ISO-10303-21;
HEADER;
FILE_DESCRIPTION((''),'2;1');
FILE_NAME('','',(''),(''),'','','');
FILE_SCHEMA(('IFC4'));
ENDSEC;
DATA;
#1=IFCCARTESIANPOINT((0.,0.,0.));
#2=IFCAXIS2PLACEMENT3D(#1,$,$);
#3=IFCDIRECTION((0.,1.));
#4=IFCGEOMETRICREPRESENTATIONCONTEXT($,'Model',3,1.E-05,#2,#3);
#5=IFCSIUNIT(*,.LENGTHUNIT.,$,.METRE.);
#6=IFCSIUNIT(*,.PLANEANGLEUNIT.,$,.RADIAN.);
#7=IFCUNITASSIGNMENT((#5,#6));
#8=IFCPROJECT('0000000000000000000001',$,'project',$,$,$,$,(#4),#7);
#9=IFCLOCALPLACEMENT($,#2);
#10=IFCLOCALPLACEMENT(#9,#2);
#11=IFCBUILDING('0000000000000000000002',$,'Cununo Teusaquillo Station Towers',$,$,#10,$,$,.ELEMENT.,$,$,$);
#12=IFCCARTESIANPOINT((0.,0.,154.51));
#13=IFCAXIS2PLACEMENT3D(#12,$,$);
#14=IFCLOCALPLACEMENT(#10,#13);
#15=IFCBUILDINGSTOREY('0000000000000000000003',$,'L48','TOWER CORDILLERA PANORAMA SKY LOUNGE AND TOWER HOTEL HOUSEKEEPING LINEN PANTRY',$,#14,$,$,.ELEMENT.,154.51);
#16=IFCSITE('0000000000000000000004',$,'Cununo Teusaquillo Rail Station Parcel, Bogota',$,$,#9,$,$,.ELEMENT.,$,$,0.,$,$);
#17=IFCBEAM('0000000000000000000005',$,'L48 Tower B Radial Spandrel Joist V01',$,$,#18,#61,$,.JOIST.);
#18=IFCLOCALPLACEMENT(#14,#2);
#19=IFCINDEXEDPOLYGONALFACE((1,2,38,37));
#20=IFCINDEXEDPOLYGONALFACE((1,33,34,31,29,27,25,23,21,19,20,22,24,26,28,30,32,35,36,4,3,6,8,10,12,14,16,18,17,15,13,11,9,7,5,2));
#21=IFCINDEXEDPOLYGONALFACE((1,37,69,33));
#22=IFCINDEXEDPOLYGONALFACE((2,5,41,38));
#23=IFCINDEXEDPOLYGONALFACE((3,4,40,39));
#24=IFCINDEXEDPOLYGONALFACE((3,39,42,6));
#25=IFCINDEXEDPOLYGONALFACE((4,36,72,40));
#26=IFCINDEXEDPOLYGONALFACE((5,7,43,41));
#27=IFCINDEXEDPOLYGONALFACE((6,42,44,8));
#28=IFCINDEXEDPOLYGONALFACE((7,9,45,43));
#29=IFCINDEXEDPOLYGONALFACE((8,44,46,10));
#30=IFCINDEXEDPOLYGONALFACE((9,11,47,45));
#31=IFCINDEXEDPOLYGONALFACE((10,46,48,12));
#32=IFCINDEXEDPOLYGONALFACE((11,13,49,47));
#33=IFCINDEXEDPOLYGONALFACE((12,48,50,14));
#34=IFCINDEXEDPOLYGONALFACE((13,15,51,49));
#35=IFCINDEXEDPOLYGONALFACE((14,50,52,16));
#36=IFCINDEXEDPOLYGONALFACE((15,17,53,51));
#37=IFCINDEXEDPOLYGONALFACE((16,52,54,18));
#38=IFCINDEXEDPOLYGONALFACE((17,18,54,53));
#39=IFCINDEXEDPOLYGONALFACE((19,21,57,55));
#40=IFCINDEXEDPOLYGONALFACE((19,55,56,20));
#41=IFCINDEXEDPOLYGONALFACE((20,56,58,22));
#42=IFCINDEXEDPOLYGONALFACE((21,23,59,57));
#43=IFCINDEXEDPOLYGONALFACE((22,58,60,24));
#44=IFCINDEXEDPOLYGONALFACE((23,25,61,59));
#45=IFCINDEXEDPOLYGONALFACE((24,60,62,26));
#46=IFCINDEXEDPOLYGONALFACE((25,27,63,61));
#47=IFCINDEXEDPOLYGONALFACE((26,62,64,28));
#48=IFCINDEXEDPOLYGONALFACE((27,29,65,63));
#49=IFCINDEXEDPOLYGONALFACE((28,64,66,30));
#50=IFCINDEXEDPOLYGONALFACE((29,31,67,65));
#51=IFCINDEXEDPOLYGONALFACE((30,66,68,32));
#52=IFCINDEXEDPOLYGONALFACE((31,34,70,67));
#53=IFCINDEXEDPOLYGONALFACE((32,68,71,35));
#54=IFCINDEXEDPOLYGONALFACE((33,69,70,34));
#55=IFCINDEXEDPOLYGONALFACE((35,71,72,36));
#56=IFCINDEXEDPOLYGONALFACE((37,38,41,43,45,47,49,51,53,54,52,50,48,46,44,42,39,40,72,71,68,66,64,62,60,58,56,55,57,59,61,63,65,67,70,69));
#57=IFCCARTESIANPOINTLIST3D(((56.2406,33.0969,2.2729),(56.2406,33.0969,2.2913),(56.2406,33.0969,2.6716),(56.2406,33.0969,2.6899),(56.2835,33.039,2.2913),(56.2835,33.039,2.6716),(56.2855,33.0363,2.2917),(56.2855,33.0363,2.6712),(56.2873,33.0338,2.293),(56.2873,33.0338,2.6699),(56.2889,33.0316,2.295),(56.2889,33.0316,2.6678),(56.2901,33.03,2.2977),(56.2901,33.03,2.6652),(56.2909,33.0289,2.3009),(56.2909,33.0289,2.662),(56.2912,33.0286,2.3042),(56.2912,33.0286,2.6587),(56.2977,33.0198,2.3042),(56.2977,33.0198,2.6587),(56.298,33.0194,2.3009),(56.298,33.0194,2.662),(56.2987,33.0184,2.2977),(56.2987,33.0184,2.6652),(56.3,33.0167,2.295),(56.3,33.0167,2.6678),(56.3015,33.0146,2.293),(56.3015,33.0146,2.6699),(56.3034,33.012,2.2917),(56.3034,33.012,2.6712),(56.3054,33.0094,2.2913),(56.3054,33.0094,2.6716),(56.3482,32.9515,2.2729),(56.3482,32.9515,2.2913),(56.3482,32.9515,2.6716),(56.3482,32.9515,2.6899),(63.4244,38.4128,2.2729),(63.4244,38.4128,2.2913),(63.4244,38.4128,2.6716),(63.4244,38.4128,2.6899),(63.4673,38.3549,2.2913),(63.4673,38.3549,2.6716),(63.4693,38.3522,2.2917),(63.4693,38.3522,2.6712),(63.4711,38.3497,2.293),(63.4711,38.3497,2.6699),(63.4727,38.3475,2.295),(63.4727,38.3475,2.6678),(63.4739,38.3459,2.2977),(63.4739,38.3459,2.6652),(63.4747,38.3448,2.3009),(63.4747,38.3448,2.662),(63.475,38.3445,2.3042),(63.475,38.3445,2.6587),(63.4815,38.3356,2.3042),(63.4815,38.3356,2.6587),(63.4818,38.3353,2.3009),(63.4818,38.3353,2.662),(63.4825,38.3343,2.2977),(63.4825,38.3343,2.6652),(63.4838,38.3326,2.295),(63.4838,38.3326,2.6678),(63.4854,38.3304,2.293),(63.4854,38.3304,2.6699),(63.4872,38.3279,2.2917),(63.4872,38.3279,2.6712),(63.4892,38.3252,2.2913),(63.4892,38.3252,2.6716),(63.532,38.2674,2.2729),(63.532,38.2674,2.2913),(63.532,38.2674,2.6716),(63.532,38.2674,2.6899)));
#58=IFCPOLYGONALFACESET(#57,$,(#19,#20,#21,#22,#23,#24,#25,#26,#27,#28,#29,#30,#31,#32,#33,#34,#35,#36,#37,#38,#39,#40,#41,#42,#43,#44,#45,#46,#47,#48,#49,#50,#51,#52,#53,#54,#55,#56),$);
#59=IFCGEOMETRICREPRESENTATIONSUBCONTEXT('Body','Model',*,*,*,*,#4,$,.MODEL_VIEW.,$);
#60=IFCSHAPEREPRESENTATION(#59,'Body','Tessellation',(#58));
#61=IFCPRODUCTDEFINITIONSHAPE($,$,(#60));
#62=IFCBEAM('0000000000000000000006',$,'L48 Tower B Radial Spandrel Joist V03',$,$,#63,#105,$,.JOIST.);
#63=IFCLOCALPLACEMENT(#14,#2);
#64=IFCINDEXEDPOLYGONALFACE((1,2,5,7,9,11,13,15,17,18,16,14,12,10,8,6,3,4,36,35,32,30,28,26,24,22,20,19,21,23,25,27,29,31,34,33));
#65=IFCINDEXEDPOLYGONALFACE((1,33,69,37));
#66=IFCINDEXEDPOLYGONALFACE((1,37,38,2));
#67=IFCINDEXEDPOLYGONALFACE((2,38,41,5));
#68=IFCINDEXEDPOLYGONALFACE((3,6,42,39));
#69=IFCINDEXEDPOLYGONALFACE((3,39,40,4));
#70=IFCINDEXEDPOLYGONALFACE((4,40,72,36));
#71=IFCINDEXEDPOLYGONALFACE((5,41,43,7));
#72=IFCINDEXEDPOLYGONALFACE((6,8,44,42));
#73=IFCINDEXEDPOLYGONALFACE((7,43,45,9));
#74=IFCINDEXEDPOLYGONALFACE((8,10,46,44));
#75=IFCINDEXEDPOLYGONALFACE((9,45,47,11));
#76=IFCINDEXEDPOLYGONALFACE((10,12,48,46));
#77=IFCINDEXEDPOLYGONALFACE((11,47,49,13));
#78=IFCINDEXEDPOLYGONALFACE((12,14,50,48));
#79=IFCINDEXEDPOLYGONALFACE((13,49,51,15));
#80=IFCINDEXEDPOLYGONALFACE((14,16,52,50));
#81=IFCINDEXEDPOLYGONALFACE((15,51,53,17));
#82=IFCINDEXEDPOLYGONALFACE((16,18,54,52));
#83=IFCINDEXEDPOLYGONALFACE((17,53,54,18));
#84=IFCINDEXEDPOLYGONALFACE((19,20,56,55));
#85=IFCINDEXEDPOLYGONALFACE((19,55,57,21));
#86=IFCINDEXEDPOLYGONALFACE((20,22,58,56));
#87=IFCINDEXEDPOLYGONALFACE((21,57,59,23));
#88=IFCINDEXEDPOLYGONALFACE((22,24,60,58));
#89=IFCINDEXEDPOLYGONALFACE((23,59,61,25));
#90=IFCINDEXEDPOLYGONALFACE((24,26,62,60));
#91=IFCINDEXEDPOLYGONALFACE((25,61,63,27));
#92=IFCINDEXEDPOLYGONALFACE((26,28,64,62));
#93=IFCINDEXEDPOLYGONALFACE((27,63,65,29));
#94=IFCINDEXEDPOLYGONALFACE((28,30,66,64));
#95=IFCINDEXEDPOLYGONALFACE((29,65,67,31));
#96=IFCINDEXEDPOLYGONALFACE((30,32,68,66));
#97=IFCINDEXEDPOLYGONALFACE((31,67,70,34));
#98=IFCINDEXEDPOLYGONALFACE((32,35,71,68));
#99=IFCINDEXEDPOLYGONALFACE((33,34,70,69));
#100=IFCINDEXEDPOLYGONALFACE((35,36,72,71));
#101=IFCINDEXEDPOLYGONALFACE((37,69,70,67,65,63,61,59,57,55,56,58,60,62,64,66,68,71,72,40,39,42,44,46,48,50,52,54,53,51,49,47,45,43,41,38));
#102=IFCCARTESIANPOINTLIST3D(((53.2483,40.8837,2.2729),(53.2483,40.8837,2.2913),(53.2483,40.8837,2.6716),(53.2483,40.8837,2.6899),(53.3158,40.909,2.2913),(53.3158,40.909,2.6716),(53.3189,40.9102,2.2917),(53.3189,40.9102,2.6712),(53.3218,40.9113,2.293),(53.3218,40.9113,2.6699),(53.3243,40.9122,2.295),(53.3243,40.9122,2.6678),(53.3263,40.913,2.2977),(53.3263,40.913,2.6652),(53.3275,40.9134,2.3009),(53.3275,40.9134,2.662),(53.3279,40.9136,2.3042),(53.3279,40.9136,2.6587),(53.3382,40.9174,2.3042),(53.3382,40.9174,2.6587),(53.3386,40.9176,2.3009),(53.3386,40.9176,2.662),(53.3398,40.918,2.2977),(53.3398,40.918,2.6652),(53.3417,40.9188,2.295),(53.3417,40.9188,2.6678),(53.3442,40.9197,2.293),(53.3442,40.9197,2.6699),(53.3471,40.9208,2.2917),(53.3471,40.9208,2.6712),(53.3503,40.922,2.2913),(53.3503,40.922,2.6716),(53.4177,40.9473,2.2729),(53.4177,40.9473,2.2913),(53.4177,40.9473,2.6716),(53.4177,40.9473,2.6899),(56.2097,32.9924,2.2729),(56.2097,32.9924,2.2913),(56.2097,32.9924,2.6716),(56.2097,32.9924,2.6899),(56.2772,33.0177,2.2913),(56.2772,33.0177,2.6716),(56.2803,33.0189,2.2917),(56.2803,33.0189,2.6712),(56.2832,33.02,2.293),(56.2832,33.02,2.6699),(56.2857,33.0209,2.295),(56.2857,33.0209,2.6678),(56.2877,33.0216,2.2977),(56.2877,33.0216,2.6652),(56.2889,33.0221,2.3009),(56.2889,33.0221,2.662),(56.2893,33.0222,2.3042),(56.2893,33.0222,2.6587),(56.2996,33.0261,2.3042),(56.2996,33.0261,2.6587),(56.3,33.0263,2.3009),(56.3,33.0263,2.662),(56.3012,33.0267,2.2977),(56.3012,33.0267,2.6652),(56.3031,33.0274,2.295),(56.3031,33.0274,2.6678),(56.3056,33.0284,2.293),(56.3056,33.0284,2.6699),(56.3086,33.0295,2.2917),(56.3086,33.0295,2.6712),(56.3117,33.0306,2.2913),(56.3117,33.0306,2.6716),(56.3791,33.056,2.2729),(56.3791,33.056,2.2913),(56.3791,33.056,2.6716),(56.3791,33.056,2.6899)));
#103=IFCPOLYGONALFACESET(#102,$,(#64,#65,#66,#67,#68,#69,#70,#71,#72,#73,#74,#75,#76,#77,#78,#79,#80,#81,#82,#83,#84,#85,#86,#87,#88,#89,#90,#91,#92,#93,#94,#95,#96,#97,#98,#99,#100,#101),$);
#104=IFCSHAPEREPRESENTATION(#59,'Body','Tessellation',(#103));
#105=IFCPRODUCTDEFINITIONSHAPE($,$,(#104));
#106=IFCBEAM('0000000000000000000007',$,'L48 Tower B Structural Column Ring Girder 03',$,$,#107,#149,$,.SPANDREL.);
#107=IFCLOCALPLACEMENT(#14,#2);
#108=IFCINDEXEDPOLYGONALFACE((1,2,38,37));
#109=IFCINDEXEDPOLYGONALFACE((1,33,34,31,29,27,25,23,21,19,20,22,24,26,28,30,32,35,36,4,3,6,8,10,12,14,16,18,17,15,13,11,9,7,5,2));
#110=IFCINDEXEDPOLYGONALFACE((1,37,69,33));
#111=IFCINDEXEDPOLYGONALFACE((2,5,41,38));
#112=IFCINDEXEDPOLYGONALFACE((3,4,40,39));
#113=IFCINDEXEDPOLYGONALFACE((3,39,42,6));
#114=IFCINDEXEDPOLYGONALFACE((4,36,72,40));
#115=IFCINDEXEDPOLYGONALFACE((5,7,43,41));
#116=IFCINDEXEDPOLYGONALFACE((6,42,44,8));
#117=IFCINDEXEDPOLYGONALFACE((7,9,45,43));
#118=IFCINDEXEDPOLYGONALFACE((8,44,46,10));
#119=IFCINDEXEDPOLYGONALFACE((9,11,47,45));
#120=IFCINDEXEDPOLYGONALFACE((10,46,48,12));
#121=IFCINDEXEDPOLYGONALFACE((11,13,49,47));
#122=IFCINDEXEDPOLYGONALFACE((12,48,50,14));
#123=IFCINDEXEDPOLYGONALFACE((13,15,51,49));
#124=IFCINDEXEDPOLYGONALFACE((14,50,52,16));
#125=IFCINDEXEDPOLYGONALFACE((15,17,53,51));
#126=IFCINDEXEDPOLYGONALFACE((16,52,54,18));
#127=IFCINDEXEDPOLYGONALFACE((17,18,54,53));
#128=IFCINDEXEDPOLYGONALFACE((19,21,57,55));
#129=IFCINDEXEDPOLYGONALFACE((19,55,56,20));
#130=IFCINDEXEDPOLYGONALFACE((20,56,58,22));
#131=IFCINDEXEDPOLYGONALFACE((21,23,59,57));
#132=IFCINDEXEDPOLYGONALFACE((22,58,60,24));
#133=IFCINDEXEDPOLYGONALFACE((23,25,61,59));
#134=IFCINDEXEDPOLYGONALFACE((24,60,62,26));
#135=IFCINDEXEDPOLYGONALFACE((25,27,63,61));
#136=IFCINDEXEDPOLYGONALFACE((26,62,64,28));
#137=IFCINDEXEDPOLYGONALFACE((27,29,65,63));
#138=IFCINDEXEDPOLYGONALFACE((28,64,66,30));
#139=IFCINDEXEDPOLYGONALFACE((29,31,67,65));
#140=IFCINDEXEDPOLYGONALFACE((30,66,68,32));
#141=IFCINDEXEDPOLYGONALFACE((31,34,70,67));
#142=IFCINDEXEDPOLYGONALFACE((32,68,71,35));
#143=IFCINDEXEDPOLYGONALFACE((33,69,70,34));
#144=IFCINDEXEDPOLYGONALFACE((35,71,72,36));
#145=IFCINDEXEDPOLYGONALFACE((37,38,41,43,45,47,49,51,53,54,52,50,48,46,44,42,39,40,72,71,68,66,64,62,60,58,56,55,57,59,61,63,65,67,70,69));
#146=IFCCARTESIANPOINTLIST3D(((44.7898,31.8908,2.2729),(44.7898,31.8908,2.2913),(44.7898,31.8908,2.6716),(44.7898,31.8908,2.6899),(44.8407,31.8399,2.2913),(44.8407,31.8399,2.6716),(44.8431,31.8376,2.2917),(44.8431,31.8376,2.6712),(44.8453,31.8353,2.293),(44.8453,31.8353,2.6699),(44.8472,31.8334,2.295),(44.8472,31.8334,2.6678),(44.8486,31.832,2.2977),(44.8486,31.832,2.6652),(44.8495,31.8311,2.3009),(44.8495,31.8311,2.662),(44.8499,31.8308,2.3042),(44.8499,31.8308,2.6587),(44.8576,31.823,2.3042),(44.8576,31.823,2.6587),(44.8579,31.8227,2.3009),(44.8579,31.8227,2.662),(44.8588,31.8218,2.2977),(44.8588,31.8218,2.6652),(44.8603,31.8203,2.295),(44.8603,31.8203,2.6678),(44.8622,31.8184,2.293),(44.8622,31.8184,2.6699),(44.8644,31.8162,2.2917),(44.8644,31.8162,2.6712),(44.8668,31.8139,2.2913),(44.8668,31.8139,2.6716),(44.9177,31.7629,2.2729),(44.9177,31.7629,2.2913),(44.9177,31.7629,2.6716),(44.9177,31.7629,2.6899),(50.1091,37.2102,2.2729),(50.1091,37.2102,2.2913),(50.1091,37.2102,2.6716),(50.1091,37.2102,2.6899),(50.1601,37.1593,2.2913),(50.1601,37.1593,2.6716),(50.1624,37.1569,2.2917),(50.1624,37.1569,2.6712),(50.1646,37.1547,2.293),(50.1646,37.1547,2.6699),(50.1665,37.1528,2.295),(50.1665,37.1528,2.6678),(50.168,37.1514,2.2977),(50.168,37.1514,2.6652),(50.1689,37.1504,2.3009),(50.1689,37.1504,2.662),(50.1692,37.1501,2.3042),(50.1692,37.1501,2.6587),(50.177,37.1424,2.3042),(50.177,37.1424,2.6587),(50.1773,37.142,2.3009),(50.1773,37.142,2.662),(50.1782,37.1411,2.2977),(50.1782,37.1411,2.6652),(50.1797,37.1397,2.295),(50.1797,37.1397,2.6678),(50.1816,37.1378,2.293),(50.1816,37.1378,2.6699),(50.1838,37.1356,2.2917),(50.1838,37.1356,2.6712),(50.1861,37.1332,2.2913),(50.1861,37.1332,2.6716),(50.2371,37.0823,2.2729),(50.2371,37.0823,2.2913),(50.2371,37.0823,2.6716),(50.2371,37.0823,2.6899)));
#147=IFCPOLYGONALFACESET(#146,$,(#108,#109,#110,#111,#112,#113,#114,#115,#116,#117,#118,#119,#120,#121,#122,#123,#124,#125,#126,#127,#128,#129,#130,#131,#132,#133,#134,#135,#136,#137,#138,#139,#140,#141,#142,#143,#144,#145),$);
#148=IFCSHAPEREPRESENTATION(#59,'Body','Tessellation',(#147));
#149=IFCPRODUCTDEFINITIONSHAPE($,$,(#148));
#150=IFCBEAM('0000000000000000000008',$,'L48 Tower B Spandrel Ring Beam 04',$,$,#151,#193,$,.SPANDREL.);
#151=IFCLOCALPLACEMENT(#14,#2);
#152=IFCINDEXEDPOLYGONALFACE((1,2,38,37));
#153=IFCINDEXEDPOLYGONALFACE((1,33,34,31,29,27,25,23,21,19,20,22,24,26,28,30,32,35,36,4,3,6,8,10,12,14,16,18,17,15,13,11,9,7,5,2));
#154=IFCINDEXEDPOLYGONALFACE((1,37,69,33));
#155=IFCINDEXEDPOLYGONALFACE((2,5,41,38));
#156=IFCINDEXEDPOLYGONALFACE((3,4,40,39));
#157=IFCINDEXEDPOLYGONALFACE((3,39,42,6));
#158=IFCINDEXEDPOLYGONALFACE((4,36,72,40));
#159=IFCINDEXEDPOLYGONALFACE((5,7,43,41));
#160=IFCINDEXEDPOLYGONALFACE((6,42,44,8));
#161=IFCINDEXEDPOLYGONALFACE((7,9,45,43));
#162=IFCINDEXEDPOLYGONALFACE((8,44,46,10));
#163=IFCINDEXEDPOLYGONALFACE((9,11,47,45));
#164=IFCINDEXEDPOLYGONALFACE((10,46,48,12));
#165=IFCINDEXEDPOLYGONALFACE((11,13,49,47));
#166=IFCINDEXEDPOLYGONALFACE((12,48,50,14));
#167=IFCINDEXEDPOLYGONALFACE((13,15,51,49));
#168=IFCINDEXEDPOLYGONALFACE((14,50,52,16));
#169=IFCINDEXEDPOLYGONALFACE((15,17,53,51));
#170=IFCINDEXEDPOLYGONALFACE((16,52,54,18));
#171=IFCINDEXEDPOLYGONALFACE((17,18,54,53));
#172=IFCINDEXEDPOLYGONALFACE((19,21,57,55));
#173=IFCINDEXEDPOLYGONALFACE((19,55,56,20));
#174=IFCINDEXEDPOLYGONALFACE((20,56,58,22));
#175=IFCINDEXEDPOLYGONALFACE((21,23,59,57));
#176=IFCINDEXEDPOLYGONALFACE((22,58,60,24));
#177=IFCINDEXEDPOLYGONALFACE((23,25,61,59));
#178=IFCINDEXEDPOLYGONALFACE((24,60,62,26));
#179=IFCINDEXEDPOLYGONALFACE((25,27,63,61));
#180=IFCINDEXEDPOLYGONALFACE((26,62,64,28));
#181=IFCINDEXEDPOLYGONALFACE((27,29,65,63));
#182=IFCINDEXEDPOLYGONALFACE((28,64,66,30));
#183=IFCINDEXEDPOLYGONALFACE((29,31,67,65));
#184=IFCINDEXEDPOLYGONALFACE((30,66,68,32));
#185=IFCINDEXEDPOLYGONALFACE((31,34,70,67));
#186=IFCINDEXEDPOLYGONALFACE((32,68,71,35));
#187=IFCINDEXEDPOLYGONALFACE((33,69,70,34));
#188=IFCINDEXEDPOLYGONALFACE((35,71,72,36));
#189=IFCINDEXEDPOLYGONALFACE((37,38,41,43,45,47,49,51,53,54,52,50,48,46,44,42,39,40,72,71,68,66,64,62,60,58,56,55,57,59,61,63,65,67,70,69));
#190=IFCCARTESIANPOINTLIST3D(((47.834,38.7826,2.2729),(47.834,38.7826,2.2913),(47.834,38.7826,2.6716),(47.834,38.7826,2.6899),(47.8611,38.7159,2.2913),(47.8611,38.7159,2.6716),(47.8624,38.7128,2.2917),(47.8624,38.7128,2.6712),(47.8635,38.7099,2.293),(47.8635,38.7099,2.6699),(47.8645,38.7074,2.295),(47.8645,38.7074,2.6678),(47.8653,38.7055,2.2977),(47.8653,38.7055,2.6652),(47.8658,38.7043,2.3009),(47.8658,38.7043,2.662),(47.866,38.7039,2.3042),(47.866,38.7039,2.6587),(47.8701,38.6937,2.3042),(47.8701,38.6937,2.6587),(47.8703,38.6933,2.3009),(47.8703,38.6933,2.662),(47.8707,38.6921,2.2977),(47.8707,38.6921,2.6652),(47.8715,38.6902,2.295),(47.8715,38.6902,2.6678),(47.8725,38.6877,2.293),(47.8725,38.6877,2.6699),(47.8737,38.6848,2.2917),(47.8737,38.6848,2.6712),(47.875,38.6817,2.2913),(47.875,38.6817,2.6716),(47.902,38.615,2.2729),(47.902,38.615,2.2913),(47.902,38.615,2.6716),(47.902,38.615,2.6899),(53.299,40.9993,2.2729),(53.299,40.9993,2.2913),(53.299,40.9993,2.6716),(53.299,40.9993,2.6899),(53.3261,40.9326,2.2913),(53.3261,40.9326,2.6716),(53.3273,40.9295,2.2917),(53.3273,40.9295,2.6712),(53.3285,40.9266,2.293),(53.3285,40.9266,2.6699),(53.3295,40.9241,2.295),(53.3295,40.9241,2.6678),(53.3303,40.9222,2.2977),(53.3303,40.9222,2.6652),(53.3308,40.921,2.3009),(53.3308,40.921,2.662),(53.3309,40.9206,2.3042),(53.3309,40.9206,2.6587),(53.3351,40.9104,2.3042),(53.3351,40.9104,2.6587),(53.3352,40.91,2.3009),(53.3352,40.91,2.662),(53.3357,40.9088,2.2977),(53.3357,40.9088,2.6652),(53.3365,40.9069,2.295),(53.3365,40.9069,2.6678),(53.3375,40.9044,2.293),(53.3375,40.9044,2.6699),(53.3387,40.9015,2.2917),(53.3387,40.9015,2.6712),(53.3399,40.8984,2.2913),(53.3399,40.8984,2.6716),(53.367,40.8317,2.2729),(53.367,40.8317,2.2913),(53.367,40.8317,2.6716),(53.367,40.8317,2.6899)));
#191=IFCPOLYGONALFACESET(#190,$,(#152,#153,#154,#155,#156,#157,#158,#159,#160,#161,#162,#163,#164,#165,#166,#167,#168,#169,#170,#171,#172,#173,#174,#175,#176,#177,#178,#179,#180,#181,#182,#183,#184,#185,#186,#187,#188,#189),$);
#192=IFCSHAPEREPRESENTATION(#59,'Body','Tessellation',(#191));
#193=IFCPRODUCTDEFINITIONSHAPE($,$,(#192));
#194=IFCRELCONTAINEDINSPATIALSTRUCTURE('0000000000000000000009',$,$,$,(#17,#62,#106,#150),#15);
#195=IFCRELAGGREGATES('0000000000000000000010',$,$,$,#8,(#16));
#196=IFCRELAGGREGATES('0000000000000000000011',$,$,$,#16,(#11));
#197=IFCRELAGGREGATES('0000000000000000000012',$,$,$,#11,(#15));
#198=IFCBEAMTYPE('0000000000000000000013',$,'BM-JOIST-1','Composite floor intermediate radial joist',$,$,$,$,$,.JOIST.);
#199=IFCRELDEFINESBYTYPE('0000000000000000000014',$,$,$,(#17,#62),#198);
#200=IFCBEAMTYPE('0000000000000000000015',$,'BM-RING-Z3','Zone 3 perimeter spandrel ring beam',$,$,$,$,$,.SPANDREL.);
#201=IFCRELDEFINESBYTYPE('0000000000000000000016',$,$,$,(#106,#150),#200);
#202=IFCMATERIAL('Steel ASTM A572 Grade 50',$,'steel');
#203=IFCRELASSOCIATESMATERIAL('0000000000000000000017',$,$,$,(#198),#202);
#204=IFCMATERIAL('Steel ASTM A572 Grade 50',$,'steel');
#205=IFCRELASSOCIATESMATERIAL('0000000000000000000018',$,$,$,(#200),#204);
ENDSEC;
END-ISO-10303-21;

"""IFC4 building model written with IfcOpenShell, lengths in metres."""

from ifc_helpers import new_model, si_unit, direction, frame, origin, origin_2d, place, context, subcontext, project, spatial, i_section, extrude, material, material_profile, profile_set, type_object, element, save


model = new_model("IFC4")

# Units and contexts
model_context = context("Model", 3, precision=1e-05, world=origin(), true_north=direction((0.0, 1.0)))
body_context = subcontext(model_context, "Body", "Model", "MODEL_VIEW")
ifc_project = project(units=[si_unit("LENGTHUNIT", "METRE"), si_unit("PLANEANGLEUNIT", "RADIAN")], contexts=[model_context])

# Site, building, storey
site_placement = place(None, origin())
site = spatial("IfcSite", under=ifc_project, at=site_placement, Name="Cununo Teusaquillo Rail Station Parcel, Bogota", CompositionType="ELEMENT", RefElevation=0.0)
building_placement = place(site_placement, origin())
building = spatial("IfcBuilding", under=site, at=building_placement, Name="Cununo Teusaquillo Station Towers", CompositionType="ELEMENT")
storey_placement = place(building_placement, frame((0.0, 0.0, 154.51)))
storey = spatial("IfcBuildingStorey", under=building, at=storey_placement, Name="L48", Description="TOWER CORDILLERA PANORAMA SKY LOUNGE AND TOWER HOTEL HOUSEKEEPING LINEN PANTRY", CompositionType="ELEMENT", Elevation=154.51)

# Beams
ifc_material_1 = material(Name="Steel ASTM A572 Grade 50", Category="steel")
ifc_material_profile_1 = material_profile(ifc_material_1, i_section(OverallWidth=0.1809, OverallDepth=0.417, WebThickness=0.011, FlangeThickness=0.0183, FilletRadius=0.0129, at=origin_2d()), Name="W16X57")
ifc_profile_set_1 = profile_set([ifc_material_profile_1], Name="Steel ASTM A572 Grade 50")
beam_type_1 = type_object("IfcBeamType", Name="BM-JOIST-1", Description="Composite floor intermediate radial joist", PredefinedType="JOIST", material=ifc_profile_set_1)
beam_1_placement = place(storey_placement, frame((56.2944, 33.0242, 2.4814), z_axis=(0.803848, 0.594834, 0.0), x_axis=(-0.594834, 0.803848, 0.0)))
element("IfcBeam", 1, at=beam_1_placement, inside=storey, type_object=beam_type_1, Name="L48 Tower B Radial Spandrel Joist V01", PredefinedType="JOIST", context=body_context, shape_type="SweptSolid", body=[
    extrude(i_section(OverallWidth=0.1809, OverallDepth=0.417, WebThickness=0.011, FlangeThickness=0.0183, FilletRadius=0.0129, at=origin_2d()), origin(), (0.0, 0.0, 1.0), 8.9368),
])
beam_2_placement = place(storey_placement, frame((56.2944, 33.0242, 2.4814), z_axis=(-0.351349, 0.936245, 0.0), x_axis=(-0.936245, -0.351349, 0.0)))
element("IfcBeam", 2, at=beam_2_placement, inside=storey, type_object=beam_type_1, Name="L48 Tower B Radial Spandrel Joist V03", PredefinedType="JOIST", context=body_context, shape_type="SweptSolid", body=[
    extrude(i_section(OverallWidth=0.1809, OverallDepth=0.417, WebThickness=0.011, FlangeThickness=0.0183, FilletRadius=0.0129, at=origin_2d()), origin(), (0.0, 0.0, 1.0), 8.4287),
])
ifc_material_2 = material(Name="Steel ASTM A572 Grade 50", Category="steel")
ifc_material_profile_2 = material_profile(ifc_material_2, i_section(OverallWidth=0.1809, OverallDepth=0.417, WebThickness=0.011, FlangeThickness=0.0183, FilletRadius=0.0129, at=origin_2d()), Name="W16X57")
ifc_profile_set_2 = profile_set([ifc_material_profile_2], Name="Steel ASTM A572 Grade 50")
beam_type_2 = type_object("IfcBeamType", Name="BM-RING-Z3", Description="Zone 3 perimeter spandrel ring beam", PredefinedType="SPANDREL", material=ifc_profile_set_2)
beam_3_placement = place(storey_placement, frame((50.1731, 37.1462, 2.4814), z_axis=(-0.707107, -0.707107, 0.0), x_axis=(0.707107, -0.707107, 0.0)))
element("IfcBeam", 3, at=beam_3_placement, inside=storey, type_object=beam_type_2, Name="L48 Tower B Structural Column Ring Girder 03", PredefinedType="SPANDREL", context=body_context, shape_type="SweptSolid", body=[
    extrude(i_section(OverallWidth=0.1809, OverallDepth=0.417, WebThickness=0.011, FlangeThickness=0.0183, FilletRadius=0.0129, at=origin_2d()), origin(), (0.0, 0.0, 1.0), 7.5227),
])
beam_4_placement = place(storey_placement, frame((53.333, 40.9155, 2.4814), z_axis=(-0.926667, -0.375883, 0.0), x_axis=(0.375883, -0.926667, 0.0)))
element("IfcBeam", 4, at=beam_4_placement, inside=storey, type_object=beam_type_2, Name="L48 Tower B Spandrel Ring Beam 04", PredefinedType="SPANDREL", context=body_context, shape_type="SweptSolid", body=[
    extrude(i_section(OverallWidth=0.1809, OverallDepth=0.417, WebThickness=0.011, FlangeThickness=0.0183, FilletRadius=0.0129, at=origin_2d()), origin(), (0.0, 0.0, 1.0), 5.8975),
])

save(model, "model.ifc")
